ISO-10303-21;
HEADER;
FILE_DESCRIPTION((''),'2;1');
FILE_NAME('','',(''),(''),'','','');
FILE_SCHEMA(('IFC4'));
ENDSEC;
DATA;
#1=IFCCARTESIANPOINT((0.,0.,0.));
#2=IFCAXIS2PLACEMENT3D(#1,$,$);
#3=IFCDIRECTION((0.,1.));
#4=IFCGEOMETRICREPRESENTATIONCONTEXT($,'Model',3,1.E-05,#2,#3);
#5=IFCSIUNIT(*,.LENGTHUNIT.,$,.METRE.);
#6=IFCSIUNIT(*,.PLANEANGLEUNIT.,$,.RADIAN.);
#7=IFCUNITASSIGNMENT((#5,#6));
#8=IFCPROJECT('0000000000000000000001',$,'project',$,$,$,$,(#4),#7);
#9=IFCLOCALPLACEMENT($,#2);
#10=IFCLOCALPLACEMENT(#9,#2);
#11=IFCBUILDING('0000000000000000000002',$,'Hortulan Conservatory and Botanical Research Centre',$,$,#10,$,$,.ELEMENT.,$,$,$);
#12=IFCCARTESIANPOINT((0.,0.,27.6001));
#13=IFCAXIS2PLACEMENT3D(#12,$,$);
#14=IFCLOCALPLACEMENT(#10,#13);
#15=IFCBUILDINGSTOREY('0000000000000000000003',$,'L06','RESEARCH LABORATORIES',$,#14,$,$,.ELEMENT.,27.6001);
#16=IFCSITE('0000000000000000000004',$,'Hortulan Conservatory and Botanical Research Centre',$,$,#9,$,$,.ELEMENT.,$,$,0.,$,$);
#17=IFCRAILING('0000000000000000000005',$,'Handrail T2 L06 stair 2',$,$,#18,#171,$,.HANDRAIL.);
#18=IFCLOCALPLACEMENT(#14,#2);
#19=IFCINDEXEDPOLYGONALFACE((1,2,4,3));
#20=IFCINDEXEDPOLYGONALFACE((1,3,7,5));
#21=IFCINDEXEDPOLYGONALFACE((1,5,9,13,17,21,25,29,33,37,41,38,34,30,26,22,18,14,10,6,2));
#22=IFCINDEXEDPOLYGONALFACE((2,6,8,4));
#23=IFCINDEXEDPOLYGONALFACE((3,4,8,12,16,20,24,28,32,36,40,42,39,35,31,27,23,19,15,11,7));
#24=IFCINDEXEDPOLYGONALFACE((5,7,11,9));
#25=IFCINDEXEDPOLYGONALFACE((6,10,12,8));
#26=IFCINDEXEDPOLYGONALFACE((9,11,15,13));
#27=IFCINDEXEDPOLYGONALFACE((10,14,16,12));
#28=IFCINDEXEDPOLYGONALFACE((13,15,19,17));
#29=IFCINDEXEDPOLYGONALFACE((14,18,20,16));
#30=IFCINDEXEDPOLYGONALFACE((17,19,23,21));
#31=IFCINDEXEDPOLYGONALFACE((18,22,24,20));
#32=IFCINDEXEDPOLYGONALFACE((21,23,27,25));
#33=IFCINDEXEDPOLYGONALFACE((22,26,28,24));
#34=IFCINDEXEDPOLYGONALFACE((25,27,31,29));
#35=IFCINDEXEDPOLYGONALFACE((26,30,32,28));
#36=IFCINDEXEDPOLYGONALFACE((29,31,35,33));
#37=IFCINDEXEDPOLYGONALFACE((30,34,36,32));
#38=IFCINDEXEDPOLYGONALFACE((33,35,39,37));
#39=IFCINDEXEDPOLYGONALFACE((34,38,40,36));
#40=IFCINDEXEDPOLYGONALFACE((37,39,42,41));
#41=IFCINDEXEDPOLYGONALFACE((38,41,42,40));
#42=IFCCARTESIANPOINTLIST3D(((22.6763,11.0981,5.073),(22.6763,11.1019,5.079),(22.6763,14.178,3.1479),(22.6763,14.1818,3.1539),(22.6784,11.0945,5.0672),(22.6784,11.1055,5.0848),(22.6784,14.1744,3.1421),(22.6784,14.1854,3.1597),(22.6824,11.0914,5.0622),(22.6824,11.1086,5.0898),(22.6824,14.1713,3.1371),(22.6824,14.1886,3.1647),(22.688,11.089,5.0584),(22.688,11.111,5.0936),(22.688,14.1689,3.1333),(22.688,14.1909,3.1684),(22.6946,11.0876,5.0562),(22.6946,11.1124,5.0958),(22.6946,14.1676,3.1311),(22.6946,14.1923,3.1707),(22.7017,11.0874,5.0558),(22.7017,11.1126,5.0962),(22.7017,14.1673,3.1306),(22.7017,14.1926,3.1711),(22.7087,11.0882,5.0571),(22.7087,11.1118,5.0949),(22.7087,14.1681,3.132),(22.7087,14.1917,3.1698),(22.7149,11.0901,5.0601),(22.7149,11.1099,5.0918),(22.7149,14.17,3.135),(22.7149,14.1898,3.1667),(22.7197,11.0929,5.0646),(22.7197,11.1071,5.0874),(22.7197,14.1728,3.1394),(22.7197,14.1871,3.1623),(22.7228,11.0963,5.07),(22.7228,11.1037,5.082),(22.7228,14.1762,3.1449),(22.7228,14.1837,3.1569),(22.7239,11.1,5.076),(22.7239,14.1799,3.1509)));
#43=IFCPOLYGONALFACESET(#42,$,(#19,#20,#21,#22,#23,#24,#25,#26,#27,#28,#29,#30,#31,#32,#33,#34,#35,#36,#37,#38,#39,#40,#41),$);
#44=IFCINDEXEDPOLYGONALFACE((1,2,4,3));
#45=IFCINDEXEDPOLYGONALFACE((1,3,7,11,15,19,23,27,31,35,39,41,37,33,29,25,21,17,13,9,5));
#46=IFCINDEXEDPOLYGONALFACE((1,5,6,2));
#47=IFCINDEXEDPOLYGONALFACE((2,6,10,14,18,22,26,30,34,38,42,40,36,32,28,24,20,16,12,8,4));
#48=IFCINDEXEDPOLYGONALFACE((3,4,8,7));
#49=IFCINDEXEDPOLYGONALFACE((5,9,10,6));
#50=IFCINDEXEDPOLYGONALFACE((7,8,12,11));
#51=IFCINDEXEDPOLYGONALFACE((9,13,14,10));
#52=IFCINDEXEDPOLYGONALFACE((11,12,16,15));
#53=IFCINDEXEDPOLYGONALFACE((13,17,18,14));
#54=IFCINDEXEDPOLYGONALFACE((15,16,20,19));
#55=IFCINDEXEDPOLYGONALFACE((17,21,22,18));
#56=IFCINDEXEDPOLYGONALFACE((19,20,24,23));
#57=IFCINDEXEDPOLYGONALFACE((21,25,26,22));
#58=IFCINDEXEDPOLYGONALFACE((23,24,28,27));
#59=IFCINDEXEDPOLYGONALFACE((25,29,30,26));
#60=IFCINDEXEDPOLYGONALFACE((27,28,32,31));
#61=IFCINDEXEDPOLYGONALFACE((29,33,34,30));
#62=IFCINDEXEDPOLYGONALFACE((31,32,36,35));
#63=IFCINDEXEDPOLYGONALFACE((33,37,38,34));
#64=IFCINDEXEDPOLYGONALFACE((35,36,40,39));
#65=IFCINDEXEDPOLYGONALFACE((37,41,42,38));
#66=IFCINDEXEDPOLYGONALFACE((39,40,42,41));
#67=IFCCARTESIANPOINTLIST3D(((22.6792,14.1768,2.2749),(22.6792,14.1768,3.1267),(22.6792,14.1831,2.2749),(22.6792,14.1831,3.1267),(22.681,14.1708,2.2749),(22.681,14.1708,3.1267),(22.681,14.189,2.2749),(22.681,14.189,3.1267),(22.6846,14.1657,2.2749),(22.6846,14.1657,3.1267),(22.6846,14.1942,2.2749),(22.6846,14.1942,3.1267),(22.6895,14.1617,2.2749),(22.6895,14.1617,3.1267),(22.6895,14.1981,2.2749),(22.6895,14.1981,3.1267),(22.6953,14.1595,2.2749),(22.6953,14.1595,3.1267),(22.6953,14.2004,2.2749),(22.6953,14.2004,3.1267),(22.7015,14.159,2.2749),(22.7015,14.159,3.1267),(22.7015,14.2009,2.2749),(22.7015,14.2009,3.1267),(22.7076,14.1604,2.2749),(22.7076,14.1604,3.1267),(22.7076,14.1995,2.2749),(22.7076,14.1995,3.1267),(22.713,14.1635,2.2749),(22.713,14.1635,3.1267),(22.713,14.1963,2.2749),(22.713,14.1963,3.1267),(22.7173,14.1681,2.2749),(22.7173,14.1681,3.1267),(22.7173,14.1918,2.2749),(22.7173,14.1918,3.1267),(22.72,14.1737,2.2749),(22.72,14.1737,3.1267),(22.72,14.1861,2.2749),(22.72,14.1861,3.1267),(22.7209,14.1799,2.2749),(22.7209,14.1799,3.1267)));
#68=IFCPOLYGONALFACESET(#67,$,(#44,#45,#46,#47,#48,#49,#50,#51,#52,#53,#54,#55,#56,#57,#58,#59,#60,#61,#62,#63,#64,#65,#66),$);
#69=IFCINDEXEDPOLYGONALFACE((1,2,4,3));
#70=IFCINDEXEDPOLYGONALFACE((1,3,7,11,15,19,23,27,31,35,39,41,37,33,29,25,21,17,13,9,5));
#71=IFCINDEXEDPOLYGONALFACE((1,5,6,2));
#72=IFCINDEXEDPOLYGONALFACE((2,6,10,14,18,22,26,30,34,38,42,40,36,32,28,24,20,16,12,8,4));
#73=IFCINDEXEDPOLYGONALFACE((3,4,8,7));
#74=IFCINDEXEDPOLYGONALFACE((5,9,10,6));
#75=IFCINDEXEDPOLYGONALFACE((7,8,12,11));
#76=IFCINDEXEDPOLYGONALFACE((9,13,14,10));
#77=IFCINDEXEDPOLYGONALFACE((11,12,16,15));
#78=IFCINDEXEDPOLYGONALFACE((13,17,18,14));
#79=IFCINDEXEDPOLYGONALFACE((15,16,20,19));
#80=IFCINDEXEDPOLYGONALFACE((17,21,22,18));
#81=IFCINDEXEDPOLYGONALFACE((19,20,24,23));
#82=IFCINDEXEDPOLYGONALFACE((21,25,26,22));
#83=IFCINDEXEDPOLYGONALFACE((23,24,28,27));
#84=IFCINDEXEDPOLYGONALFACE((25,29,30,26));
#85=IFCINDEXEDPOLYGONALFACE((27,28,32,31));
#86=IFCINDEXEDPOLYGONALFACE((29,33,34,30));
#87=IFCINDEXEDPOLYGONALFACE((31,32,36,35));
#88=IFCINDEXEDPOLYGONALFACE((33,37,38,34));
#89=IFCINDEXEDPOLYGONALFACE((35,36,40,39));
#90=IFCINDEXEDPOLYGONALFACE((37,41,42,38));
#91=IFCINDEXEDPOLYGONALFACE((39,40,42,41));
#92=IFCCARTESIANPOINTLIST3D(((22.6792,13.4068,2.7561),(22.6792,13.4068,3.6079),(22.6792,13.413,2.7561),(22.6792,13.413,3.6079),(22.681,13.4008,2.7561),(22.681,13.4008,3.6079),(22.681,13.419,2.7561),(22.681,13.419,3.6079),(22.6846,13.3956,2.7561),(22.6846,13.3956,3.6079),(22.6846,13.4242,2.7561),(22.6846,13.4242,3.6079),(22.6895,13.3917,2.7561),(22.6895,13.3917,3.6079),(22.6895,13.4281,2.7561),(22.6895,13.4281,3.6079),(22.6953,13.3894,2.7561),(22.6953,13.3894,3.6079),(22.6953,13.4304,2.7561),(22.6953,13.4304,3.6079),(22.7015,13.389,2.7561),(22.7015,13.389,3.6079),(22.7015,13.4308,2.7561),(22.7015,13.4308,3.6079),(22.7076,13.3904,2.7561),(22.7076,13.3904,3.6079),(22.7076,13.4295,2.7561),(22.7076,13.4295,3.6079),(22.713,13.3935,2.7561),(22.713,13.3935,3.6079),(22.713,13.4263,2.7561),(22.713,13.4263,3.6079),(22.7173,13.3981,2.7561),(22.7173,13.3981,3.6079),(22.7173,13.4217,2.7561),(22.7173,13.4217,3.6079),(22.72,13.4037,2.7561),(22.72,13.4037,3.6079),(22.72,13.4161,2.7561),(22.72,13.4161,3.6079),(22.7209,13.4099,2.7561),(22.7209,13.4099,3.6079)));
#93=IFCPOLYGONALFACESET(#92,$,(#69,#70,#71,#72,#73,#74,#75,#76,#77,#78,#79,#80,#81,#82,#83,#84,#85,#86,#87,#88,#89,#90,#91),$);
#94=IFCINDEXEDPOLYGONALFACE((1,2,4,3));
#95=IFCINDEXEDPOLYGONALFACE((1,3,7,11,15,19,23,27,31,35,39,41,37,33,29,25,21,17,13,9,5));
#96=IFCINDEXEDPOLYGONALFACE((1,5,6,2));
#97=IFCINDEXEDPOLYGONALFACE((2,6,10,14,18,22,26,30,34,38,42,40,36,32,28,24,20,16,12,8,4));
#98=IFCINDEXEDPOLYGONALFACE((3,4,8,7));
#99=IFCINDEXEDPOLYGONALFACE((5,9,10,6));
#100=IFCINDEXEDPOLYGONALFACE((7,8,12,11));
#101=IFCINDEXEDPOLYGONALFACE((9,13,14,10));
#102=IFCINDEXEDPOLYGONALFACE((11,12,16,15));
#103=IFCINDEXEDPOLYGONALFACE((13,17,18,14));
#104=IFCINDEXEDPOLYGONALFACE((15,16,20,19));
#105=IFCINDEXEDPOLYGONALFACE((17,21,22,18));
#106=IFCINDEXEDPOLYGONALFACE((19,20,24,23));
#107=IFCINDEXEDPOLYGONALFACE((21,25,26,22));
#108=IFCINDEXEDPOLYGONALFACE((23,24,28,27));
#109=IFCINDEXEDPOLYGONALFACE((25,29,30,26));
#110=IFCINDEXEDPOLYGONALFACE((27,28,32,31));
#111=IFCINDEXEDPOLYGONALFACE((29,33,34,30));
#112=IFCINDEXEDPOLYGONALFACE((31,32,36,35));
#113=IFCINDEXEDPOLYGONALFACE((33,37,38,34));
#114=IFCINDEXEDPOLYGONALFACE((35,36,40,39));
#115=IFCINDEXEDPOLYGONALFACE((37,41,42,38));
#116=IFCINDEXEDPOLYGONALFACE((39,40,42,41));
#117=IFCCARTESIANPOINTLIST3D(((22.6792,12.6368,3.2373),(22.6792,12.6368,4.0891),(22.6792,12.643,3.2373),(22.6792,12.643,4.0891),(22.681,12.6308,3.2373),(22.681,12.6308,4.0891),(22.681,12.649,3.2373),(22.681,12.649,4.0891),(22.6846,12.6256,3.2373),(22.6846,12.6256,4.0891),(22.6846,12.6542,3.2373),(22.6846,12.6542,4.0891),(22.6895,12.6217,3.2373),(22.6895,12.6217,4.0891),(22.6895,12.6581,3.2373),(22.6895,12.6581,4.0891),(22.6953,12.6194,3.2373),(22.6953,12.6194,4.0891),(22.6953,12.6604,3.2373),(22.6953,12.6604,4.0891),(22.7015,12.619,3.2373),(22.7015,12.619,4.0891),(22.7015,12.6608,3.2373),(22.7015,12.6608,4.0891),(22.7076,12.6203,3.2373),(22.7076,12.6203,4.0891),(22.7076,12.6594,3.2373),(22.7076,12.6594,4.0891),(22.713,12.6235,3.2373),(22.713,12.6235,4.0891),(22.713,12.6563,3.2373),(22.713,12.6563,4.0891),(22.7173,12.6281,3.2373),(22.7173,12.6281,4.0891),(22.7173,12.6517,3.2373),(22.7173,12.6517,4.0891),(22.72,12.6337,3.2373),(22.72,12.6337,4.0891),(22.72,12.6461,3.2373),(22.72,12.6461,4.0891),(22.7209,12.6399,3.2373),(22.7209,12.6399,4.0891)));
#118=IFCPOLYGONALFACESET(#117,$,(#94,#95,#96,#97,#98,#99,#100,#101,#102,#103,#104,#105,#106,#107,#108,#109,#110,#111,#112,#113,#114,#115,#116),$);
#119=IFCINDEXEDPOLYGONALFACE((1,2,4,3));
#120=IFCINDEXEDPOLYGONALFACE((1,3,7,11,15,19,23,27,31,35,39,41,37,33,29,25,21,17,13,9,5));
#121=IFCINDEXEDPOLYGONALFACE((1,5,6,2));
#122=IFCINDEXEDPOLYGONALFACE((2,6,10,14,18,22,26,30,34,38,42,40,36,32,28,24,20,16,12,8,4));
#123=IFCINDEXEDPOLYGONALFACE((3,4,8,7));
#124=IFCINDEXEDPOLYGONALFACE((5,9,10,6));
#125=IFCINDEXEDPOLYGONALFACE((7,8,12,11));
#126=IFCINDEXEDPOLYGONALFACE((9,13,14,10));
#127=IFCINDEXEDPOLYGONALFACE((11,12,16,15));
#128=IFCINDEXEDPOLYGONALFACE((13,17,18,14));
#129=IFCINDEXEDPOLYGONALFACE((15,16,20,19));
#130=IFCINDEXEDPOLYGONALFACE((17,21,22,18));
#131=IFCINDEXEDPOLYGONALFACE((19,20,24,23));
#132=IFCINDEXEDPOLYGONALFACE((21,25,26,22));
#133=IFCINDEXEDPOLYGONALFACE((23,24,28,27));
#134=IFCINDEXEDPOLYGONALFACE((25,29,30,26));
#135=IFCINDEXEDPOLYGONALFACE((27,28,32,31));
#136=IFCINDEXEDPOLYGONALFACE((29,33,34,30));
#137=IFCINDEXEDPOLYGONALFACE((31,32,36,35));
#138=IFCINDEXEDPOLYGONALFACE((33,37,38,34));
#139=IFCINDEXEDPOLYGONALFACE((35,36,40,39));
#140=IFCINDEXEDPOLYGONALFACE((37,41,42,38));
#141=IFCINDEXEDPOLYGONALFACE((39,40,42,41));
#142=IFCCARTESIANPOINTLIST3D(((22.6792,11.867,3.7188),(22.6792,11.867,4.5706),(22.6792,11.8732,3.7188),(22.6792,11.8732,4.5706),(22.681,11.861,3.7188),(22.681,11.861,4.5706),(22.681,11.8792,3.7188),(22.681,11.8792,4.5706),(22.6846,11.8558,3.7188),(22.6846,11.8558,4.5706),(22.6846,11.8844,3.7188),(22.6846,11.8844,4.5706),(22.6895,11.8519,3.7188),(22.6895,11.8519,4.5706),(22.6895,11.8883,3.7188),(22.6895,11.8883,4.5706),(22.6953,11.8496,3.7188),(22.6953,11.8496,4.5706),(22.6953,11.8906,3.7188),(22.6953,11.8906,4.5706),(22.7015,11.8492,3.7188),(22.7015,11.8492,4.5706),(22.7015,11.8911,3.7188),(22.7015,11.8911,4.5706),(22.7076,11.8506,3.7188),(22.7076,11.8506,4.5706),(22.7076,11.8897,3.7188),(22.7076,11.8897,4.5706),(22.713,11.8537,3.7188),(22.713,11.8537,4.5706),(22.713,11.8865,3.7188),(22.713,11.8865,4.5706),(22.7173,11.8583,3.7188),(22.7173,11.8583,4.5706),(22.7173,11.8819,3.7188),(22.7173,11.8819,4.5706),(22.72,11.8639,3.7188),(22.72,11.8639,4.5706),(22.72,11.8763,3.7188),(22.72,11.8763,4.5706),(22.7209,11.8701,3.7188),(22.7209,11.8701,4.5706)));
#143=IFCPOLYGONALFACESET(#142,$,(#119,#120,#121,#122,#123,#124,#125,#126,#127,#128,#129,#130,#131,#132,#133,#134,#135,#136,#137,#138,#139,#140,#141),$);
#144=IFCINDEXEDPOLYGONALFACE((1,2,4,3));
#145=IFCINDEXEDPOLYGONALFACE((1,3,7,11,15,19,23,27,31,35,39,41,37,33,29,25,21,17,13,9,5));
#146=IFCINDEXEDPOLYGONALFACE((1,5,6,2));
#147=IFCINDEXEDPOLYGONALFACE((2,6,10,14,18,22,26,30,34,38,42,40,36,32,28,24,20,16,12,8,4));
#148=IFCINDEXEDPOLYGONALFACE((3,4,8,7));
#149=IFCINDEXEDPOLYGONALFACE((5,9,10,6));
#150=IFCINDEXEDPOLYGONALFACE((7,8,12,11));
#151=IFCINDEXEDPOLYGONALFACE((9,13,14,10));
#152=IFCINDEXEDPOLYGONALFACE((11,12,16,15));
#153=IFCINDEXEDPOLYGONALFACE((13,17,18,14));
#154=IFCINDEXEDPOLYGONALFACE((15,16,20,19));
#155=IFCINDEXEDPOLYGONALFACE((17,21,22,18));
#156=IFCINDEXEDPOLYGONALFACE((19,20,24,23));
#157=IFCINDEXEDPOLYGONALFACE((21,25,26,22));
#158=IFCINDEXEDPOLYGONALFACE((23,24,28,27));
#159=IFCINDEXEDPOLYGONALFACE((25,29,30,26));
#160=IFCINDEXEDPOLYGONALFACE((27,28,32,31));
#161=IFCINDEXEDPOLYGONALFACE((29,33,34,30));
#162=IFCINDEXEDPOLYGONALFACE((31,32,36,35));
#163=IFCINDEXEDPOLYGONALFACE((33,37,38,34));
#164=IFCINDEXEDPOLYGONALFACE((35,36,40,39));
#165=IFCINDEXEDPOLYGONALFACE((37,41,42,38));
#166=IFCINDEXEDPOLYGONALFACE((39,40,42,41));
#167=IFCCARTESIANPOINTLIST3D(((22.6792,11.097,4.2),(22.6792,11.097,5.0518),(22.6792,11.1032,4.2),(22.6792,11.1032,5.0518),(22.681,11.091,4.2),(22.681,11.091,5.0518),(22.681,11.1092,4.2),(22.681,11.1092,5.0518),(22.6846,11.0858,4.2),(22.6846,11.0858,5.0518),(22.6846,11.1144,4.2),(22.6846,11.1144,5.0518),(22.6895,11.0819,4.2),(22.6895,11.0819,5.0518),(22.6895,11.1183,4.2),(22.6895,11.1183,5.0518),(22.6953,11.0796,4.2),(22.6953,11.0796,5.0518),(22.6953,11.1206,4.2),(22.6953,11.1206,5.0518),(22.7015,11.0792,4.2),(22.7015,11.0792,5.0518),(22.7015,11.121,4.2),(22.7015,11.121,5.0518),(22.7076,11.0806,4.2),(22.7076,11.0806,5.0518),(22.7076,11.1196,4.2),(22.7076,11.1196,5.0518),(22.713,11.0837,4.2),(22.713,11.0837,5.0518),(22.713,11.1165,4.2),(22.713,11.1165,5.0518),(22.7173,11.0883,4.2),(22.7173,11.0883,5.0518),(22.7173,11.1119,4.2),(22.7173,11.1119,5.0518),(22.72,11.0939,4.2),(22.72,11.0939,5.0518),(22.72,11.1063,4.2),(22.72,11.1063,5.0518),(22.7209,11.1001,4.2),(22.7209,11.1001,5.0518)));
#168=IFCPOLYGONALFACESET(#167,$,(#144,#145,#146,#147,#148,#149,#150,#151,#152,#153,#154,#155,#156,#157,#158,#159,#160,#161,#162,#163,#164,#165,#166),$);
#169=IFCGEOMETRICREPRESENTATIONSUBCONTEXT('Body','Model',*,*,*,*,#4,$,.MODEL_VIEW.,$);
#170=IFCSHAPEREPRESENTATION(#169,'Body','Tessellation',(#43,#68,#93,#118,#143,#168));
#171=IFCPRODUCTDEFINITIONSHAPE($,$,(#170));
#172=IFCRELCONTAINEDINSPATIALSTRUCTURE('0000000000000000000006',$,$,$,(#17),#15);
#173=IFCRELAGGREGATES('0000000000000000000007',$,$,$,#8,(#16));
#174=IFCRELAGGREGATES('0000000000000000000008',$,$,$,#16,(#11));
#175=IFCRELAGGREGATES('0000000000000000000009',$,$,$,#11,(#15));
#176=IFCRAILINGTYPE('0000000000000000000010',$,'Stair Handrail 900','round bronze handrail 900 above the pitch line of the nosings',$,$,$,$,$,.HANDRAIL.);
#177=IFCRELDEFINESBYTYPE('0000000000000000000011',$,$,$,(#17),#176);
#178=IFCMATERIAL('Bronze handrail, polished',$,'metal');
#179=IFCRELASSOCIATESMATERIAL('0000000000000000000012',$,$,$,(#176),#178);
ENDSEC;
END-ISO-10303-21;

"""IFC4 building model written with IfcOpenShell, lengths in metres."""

from ifc_helpers import new_model, si_unit, direction, frame, origin, origin_2d, place, context, subcontext, project, spatial, circle, extrude, material, type_object, element, save


model = new_model("IFC4")

# Units and contexts
model_context = context("Model", 3, precision=1e-05, world=origin(), true_north=direction((0.0, 1.0)))
body_context = subcontext(model_context, "Body", "Model", "MODEL_VIEW")
ifc_project = project(units=[si_unit("LENGTHUNIT", "METRE"), si_unit("PLANEANGLEUNIT", "RADIAN")], contexts=[model_context])

# Site, building, storey
site_placement = place(None, origin())
site = spatial("IfcSite", under=ifc_project, at=site_placement, Name="Hortulan Conservatory and Botanical Research Centre", CompositionType="ELEMENT", RefElevation=0.0)
building_placement = place(site_placement, origin())
building = spatial("IfcBuilding", under=site, at=building_placement, Name="Hortulan Conservatory and Botanical Research Centre", CompositionType="ELEMENT")
storey_placement = place(building_placement, frame((0.0, 0.0, 27.6001)))
storey = spatial("IfcBuildingStorey", under=building, at=storey_placement, Name="L06", Description="RESEARCH LABORATORIES", CompositionType="ELEMENT", Elevation=27.6001)

# Railing
ifc_material_1 = material(Name="Bronze handrail, polished", Category="metal")
railing_type_1 = type_object("IfcRailingType", Name="Stair Handrail 900", Description="round bronze handrail 900 above the pitch line of the nosings", PredefinedType="HANDRAIL", material=ifc_material_1)
railing_1_placement = place(storey_placement, frame((22.7, 14.1799, 2.2749)))
element("IfcRailing", 1, at=railing_1_placement, inside=storey, type_object=railing_type_1, Name="Handrail T2 L06 stair 2", PredefinedType="HANDRAIL", context=body_context, shape_type="SweptSolid", body=[
    extrude(circle(Radius=0.0239, at=origin_2d()), frame((0.0, 0.0, 0.876), z_axis=(0.0, -0.847979, 0.530029), x_axis=(1.0, 0.0, 0.0)), (0.0, 0.0, 1.0), 3.6321),
    extrude(circle(Radius=0.021, at=origin_2d()), origin(), (0.0, 0.0, 1.0), 0.8518),
    extrude(circle(Radius=0.021, at=origin_2d()), frame((0.0, -0.77, 0.4812)), (0.0, 0.0, 1.0), 0.8518),
    extrude(circle(Radius=0.021, at=origin_2d()), frame((0.0, -1.54, 0.9624)), (0.0, 0.0, 1.0), 0.8518),
    extrude(circle(Radius=0.021, at=origin_2d()), frame((0.0, -2.3098, 1.4438)), (0.0, 0.0, 1.0), 0.8518),
    extrude(circle(Radius=0.021, at=origin_2d()), frame((0.0, -3.0798, 1.925)), (0.0, 0.0, 1.0), 0.8518),
])

save(model, "model.ifc")
